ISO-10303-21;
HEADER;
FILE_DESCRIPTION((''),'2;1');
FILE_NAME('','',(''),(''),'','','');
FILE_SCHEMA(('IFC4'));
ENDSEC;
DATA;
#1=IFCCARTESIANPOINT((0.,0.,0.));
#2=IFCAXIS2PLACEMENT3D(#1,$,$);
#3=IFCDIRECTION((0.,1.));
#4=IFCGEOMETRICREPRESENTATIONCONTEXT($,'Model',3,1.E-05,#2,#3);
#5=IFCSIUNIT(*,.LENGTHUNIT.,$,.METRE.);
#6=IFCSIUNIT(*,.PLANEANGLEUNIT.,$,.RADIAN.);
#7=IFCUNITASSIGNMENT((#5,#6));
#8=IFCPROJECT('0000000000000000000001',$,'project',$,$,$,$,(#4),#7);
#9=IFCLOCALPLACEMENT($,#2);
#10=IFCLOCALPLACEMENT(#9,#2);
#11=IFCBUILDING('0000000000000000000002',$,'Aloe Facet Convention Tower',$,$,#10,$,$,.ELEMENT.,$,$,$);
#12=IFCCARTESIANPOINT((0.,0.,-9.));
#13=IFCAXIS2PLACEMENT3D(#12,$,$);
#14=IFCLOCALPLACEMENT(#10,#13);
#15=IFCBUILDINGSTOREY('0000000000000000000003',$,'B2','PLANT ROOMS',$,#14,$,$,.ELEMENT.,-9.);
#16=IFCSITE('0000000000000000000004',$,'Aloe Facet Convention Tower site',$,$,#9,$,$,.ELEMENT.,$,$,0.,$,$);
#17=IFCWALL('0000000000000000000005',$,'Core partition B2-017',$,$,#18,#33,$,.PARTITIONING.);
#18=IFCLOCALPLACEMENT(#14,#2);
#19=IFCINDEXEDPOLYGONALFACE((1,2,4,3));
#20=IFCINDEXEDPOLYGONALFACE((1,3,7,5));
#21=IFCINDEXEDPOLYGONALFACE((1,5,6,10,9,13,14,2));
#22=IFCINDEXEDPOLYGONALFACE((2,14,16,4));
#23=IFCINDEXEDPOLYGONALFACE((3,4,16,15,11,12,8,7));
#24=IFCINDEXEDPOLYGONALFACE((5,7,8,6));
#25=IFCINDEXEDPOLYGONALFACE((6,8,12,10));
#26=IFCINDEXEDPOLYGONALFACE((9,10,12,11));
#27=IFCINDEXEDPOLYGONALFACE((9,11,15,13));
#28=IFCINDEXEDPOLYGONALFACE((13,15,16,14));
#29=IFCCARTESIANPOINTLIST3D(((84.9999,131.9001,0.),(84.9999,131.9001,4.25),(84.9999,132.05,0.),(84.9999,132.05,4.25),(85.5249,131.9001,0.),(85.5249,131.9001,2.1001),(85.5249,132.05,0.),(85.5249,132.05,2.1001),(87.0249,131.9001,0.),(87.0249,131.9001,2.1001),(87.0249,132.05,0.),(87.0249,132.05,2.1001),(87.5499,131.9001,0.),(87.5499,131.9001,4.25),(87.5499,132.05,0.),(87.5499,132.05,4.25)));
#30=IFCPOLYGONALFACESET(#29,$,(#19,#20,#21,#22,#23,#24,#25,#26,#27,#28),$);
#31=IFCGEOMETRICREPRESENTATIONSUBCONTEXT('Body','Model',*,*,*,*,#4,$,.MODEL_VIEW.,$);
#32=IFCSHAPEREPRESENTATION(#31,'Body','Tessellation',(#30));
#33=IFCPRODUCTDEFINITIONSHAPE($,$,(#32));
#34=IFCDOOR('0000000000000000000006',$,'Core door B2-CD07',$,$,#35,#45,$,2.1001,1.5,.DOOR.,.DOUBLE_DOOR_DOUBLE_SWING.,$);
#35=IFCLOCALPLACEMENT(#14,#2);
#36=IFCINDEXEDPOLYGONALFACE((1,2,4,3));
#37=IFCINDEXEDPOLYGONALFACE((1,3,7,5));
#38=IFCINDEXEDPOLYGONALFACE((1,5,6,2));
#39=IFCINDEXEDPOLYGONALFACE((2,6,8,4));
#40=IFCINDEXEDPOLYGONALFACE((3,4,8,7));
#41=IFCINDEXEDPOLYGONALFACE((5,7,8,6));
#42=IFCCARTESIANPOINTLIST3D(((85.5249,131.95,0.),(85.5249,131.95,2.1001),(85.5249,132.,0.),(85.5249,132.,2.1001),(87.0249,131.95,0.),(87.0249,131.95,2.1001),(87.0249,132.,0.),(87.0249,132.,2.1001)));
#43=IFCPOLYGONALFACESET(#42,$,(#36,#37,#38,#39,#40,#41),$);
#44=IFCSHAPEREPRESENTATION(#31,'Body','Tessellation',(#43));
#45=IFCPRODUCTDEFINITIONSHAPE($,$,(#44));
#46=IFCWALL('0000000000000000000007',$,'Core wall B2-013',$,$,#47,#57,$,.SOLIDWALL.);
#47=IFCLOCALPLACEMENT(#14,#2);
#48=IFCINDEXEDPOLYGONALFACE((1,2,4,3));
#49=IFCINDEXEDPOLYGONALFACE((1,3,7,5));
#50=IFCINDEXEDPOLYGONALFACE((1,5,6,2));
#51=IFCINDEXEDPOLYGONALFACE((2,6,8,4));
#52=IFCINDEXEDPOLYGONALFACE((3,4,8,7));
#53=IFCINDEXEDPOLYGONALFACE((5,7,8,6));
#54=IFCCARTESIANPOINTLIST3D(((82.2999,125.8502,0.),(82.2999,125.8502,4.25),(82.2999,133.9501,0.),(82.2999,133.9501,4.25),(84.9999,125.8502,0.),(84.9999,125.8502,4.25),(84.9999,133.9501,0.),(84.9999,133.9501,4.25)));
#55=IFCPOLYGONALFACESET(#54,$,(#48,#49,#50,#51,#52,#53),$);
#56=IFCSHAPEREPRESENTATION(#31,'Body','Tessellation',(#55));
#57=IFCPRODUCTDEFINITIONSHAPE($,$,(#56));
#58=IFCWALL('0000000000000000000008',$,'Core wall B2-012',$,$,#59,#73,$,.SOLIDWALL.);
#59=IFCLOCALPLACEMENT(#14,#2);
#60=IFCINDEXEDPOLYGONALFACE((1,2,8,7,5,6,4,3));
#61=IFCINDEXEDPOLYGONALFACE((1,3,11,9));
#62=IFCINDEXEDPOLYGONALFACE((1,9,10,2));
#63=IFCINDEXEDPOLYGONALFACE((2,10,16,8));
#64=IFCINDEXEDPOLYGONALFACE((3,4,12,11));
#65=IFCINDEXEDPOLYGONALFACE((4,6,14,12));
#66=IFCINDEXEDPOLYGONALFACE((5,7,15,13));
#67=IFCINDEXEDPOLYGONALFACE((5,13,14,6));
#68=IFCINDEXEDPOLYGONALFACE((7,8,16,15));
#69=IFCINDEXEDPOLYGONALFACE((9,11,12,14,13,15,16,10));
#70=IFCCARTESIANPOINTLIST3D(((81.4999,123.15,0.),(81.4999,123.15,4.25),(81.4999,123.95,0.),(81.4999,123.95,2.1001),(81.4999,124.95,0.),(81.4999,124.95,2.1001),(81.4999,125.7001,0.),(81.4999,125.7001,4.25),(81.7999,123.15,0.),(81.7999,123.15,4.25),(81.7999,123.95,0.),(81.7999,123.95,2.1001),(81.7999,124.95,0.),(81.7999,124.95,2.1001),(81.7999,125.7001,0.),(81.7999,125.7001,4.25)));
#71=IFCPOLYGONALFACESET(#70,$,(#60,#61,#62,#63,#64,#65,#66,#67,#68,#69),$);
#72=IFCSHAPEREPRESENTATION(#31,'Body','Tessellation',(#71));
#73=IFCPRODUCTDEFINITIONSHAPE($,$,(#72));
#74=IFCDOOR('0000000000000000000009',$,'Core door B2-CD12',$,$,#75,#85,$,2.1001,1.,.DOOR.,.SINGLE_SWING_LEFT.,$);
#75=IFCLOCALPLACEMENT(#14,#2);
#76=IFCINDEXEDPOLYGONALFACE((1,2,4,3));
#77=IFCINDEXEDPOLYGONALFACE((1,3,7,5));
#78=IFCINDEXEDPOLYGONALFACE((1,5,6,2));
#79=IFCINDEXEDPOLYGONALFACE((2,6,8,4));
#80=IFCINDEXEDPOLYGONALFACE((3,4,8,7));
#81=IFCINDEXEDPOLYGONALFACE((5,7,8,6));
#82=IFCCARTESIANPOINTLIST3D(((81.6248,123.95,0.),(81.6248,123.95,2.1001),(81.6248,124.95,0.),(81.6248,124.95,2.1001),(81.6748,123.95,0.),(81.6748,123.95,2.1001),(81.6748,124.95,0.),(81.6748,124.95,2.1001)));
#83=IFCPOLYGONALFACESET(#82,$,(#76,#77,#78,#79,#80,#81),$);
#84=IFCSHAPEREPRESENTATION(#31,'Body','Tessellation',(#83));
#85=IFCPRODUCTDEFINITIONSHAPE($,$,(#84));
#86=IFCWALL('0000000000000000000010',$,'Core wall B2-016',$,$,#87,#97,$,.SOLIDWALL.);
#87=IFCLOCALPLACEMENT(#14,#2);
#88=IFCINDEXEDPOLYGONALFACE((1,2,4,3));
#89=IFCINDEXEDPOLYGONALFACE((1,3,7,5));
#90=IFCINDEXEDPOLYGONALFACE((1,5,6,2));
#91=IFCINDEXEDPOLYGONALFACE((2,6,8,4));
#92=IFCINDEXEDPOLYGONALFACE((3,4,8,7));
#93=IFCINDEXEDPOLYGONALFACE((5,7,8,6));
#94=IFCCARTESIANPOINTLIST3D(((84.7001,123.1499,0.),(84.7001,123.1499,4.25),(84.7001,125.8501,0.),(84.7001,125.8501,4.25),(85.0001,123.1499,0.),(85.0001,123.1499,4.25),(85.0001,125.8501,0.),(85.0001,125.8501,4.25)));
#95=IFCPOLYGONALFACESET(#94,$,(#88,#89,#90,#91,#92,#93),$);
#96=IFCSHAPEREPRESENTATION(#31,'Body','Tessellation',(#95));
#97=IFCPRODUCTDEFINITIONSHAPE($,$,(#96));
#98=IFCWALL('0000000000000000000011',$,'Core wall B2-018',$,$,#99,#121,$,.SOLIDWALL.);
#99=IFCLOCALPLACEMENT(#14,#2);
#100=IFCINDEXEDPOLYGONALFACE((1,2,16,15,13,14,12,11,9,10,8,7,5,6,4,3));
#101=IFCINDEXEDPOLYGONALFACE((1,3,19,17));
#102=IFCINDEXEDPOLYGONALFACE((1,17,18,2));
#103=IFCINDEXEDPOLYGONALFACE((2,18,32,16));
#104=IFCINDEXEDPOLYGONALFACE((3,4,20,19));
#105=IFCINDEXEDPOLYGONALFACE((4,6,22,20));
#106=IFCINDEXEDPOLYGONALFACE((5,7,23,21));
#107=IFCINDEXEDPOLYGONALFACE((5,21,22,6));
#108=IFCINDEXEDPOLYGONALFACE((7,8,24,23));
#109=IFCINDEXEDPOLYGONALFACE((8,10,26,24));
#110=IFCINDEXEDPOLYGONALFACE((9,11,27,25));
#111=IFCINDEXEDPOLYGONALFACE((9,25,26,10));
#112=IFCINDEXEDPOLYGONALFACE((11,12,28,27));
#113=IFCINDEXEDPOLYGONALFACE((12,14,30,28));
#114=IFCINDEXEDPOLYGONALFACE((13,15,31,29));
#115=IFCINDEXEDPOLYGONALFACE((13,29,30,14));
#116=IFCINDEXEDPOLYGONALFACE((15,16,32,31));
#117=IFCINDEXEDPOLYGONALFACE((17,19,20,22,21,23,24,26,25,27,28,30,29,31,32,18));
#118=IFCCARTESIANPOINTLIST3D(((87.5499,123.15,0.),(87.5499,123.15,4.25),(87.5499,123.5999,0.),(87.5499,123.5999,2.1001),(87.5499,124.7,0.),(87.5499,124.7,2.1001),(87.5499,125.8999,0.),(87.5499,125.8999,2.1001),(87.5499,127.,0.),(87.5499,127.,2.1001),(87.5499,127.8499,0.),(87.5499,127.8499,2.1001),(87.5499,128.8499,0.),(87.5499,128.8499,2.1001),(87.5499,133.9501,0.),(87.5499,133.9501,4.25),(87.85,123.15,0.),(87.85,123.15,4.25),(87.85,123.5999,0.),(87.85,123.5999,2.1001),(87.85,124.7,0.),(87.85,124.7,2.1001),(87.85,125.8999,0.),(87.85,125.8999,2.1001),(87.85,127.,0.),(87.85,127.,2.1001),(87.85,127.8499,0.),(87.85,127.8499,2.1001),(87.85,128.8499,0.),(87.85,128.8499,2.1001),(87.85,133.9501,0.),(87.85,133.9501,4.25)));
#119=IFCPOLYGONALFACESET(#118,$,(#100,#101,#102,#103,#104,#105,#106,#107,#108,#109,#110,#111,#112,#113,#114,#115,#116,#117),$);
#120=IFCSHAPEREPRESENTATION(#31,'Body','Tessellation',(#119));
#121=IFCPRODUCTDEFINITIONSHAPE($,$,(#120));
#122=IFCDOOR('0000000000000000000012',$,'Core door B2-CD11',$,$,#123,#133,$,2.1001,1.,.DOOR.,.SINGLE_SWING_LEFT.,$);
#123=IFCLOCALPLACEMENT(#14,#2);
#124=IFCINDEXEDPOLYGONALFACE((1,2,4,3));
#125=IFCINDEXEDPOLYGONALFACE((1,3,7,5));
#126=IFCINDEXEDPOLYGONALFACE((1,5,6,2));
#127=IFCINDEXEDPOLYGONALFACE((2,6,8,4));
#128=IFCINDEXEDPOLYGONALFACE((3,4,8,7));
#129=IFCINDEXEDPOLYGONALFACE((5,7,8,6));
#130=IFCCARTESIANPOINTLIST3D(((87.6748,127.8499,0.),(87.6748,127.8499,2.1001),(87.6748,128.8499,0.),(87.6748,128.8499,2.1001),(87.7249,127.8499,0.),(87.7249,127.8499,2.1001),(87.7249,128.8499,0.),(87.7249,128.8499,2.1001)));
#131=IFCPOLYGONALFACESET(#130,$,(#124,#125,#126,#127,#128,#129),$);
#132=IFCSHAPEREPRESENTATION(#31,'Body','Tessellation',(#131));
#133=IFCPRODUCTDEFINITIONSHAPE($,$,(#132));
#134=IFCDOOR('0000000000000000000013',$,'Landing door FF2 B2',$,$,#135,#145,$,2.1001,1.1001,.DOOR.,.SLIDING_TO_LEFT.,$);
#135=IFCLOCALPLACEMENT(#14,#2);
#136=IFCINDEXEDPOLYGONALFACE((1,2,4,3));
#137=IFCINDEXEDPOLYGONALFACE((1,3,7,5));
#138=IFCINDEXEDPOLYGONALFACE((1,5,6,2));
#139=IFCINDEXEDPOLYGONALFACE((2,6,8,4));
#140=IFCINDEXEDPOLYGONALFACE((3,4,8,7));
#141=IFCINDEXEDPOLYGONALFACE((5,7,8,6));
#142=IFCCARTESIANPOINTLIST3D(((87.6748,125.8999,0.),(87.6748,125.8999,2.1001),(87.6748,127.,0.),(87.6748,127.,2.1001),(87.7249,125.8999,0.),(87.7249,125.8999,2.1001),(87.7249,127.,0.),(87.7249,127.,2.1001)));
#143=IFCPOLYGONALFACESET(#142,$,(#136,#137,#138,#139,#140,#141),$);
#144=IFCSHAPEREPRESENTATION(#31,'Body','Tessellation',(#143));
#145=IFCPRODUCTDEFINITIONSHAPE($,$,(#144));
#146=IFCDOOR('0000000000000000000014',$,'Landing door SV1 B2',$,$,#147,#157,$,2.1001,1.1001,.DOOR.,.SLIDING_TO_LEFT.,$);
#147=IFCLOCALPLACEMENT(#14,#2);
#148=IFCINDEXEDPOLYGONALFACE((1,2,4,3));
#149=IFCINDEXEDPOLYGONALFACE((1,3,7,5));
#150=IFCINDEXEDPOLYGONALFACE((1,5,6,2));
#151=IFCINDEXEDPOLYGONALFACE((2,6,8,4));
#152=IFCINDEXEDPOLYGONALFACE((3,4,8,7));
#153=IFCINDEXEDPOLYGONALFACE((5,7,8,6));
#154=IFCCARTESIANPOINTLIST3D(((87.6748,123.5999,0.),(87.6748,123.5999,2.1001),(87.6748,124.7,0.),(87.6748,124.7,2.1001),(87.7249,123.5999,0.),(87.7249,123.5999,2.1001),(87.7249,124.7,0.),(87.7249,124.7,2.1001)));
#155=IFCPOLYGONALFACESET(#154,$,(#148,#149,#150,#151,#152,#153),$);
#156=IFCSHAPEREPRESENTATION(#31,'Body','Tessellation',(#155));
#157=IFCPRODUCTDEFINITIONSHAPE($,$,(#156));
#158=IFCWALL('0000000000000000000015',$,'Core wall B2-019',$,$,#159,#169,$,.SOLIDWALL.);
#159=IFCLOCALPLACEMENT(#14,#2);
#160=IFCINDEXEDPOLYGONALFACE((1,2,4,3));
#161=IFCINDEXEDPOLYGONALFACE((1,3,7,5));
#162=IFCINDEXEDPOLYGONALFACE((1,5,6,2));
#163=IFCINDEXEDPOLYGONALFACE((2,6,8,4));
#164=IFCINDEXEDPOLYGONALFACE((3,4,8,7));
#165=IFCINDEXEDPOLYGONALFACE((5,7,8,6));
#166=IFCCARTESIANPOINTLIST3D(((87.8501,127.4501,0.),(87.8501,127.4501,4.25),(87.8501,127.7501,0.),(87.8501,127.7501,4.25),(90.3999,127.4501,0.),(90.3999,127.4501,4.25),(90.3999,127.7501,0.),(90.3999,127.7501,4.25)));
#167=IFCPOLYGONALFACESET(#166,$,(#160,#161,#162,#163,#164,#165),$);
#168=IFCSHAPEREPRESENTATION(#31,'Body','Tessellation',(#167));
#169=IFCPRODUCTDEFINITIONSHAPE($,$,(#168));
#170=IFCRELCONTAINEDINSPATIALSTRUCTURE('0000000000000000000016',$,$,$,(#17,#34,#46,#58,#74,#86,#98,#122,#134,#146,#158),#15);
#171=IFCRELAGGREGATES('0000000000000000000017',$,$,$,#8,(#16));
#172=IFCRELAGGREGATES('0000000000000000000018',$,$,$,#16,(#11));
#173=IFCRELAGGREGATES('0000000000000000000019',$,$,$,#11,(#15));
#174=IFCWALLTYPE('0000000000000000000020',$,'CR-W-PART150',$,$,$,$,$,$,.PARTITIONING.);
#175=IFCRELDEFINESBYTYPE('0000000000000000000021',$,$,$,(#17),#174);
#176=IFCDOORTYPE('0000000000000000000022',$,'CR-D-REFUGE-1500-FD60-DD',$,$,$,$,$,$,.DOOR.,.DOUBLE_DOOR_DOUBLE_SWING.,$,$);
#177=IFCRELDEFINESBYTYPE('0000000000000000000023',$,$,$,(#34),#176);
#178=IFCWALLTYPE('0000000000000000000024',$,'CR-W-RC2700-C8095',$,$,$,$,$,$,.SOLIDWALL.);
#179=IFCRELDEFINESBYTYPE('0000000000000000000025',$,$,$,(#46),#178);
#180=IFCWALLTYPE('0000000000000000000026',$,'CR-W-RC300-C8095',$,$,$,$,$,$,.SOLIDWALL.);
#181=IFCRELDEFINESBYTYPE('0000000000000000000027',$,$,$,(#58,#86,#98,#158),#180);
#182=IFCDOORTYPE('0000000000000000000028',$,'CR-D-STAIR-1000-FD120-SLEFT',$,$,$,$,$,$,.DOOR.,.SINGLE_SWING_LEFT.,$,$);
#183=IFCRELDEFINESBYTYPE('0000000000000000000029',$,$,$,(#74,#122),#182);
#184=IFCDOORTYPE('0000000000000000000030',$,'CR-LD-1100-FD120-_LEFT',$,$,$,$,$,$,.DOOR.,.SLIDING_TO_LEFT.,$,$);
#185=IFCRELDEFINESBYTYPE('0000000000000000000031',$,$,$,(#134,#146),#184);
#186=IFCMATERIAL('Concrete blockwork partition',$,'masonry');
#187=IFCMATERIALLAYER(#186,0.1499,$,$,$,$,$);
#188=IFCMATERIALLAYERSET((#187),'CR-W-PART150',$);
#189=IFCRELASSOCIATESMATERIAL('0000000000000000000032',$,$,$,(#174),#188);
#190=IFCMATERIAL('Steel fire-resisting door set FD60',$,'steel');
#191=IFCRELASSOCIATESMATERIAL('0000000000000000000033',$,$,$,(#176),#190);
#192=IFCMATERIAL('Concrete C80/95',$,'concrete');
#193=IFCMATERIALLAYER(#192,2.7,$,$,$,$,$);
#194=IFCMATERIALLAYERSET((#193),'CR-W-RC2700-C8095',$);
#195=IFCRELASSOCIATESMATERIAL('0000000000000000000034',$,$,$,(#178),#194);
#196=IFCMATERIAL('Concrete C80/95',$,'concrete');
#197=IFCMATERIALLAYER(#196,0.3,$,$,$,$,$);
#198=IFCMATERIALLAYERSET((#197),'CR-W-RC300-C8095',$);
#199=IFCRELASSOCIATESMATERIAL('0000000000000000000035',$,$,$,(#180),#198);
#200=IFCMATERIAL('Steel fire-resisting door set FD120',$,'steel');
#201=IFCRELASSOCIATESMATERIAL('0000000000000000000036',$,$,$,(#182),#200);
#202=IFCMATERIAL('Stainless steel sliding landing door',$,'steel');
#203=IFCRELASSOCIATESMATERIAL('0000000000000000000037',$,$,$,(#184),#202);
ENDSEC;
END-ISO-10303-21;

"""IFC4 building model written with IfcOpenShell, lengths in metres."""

from ifc_helpers import new_model, si_unit, direction, frame, frame_2d, origin, place, context, subcontext, project, spatial, rectangle, extrude, material, layer, layer_set, type_object, element, fill, save


model = new_model("IFC4")

# Units and contexts
model_context = context("Model", 3, precision=1e-05, world=origin(), true_north=direction((0.0, 1.0)))
body_context = subcontext(model_context, "Body", "Model", "MODEL_VIEW")
ifc_project = project(units=[si_unit("LENGTHUNIT", "METRE"), si_unit("PLANEANGLEUNIT", "RADIAN")], contexts=[model_context])

# Site, building, storey
site_placement = place(None, origin())
site = spatial("IfcSite", under=ifc_project, at=site_placement, Name="Aloe Facet Convention Tower site", CompositionType="ELEMENT", RefElevation=0.0)
building_placement = place(site_placement, origin())
building = spatial("IfcBuilding", under=site, at=building_placement, Name="Aloe Facet Convention Tower", CompositionType="ELEMENT")
storey_placement = place(building_placement, frame((0.0, 0.0, -9.0)))
storey = spatial("IfcBuildingStorey", under=building, at=storey_placement, Name="B2", Description="PLANT ROOMS", CompositionType="ELEMENT", Elevation=-9.0)

# Wall, opening, door
ifc_material_1 = material(Name="Concrete blockwork partition", Category="masonry")
ifc_layer_1 = layer(ifc_material_1, 0.1499)
ifc_layer_set_1 = layer_set([ifc_layer_1], Name="CR-W-PART150")
wall_type_1 = type_object("IfcWallType", Name="CR-W-PART150", PredefinedType="PARTITIONING", material=ifc_layer_set_1)
wall_1_placement = place(storey_placement, frame((85.0, 131.9751, 0.0), z_axis=(0.0, 0.0, 1.0), x_axis=(1.0, 0.0, 0.0)))
wall_1 = element("IfcWall", 1, at=wall_1_placement, inside=storey, type_object=wall_type_1, Name="Core partition B2-017", PredefinedType="PARTITIONING", context=body_context, shape_type="SweptSolid", body=[
    extrude(rectangle(XDim=2.55, YDim=0.1499, at=frame_2d((1.2749, 0.0))), origin(), (0.0, 0.0, 1.0), 4.25),
])
opening_1_placement = place(wall_1_placement, frame((0.5249, 0.0, 0.0)))
opening_1 = element("IfcOpeningElement", 2, at=opening_1_placement, cuts=wall_1, PredefinedType="OPENING", context=body_context, shape_type="SweptSolid", body=[
    extrude(rectangle(XDim=1.5, YDim=2.1001, at=frame_2d((0.75, 1.05))), frame((0.0, 0.085, 0.0), z_axis=(0.0, -1.0, 0.0), x_axis=(1.0, 0.0, 0.0)), (0.0, 0.0, 1.0), 0.1699),
])
ifc_material_2 = material(Name="Steel fire-resisting door set FD60", Category="steel")
door_type_1 = type_object("IfcDoorType", Name="CR-D-REFUGE-1500-FD60-DD", OperationType="DOUBLE_DOOR_DOUBLE_SWING", PredefinedType="DOOR", material=ifc_material_2)
door_1_placement = place(opening_1_placement, origin())
door_1 = element("IfcDoor", 3, at=door_1_placement, inside=storey, type_object=door_type_1, Name="Core door B2-CD07", OperationType="DOUBLE_DOOR_DOUBLE_SWING", OverallHeight=2.1001, OverallWidth=1.5, PredefinedType="DOOR", context=body_context, shape_type="SweptSolid", body=[
    extrude(rectangle(XDim=1.5, YDim=2.1001, at=frame_2d((0.75, 1.05))), frame((0.0, 0.0249, 0.0), z_axis=(0.0, -1.0, 0.0), x_axis=(1.0, 0.0, 0.0)), (0.0, 0.0, 1.0), 0.05),
])
fill(opening_1, door_1)

# Wall
ifc_material_3 = material(Name="Concrete C80/95", Category="concrete")
ifc_layer_2 = layer(ifc_material_3, 2.7)
ifc_layer_set_2 = layer_set([ifc_layer_2], Name="CR-W-RC2700-C8095")
wall_type_2 = type_object("IfcWallType", Name="CR-W-RC2700-C8095", PredefinedType="SOLIDWALL", material=ifc_layer_set_2)
wall_2_placement = place(storey_placement, frame((83.6499, 133.95, 0.0), z_axis=(0.0, 0.0, 1.0), x_axis=(0.0, -1.0, 0.0)))
element("IfcWall", 4, at=wall_2_placement, inside=storey, type_object=wall_type_2, Name="Core wall B2-013", PredefinedType="SOLIDWALL", context=body_context, shape_type="SweptSolid", body=[
    extrude(rectangle(XDim=8.0999, YDim=2.7, at=frame_2d((4.0498, 0.0))), origin(), (0.0, 0.0, 1.0), 4.25),
])

# Wall, opening, door
ifc_material_4 = material(Name="Concrete C80/95", Category="concrete")
ifc_layer_3 = layer(ifc_material_4, 0.3)
ifc_layer_set_3 = layer_set([ifc_layer_3], Name="CR-W-RC300-C8095")
wall_type_3 = type_object("IfcWallType", Name="CR-W-RC300-C8095", PredefinedType="SOLIDWALL", material=ifc_layer_set_3)
wall_3_placement = place(storey_placement, frame((81.6499, 125.7, 0.0), z_axis=(0.0, 0.0, 1.0), x_axis=(0.0, -1.0, 0.0)))
wall_3 = element("IfcWall", 5, at=wall_3_placement, inside=storey, type_object=wall_type_3, Name="Core wall B2-012", PredefinedType="SOLIDWALL", context=body_context, shape_type="SweptSolid", body=[
    extrude(rectangle(XDim=2.55, YDim=0.3, at=frame_2d((1.2749, 0.0))), origin(), (0.0, 0.0, 1.0), 4.25),
])
opening_2_placement = place(wall_3_placement, frame((0.75, 0.0, 0.0)))
opening_2 = element("IfcOpeningElement", 6, at=opening_2_placement, cuts=wall_3, PredefinedType="OPENING", context=body_context, shape_type="SweptSolid", body=[
    extrude(rectangle(XDim=1.0, YDim=2.1001, at=frame_2d((0.5, 1.05))), frame((0.0, 0.1602, 0.0), z_axis=(0.0, -1.0, 0.0), x_axis=(1.0, 0.0, 0.0)), (0.0, 0.0, 1.0), 0.3201),
])
ifc_material_5 = material(Name="Steel fire-resisting door set FD120", Category="steel")
door_type_2 = type_object("IfcDoorType", Name="CR-D-STAIR-1000-FD120-SLEFT", OperationType="SINGLE_SWING_LEFT", PredefinedType="DOOR", material=ifc_material_5)
door_2_placement = place(opening_2_placement, origin())
door_2 = element("IfcDoor", 7, at=door_2_placement, inside=storey, type_object=door_type_2, Name="Core door B2-CD12", OperationType="SINGLE_SWING_LEFT", OverallHeight=2.1001, OverallWidth=1.0, PredefinedType="DOOR", context=body_context, shape_type="SweptSolid", body=[
    extrude(rectangle(XDim=1.0, YDim=2.1001, at=frame_2d((0.5, 1.05))), frame((0.0, 0.0249, 0.0), z_axis=(0.0, -1.0, 0.0), x_axis=(1.0, 0.0, 0.0)), (0.0, 0.0, 1.0), 0.05),
])
fill(opening_2, door_2)

# Wall
wall_4_placement = place(storey_placement, frame((84.8501, 125.8501, 0.0), z_axis=(0.0, 0.0, 1.0), x_axis=(0.0, -1.0, 0.0)))
element("IfcWall", 8, at=wall_4_placement, inside=storey, type_object=wall_type_3, Name="Core wall B2-016", PredefinedType="SOLIDWALL", context=body_context, shape_type="SweptSolid", body=[
    extrude(rectangle(XDim=2.7002, YDim=0.3, at=frame_2d((1.3501, 0.0))), origin(), (0.0, 0.0, 1.0), 4.25),
])

# Wall, openings, doors
wall_5_placement = place(storey_placement, frame((87.7, 133.95, 0.0), z_axis=(0.0, 0.0, 1.0), x_axis=(0.0, -1.0, 0.0)))
wall_5 = element("IfcWall", 9, at=wall_5_placement, inside=storey, type_object=wall_type_3, Name="Core wall B2-018", PredefinedType="SOLIDWALL", context=body_context, shape_type="SweptSolid", body=[
    extrude(rectangle(XDim=10.8, YDim=0.3, at=frame_2d((5.3999, 0.0))), origin(), (0.0, 0.0, 1.0), 4.25),
])
opening_3_placement = place(wall_5_placement, frame((6.95, 0.0, 0.0)))
opening_3 = element("IfcOpeningElement", 10, at=opening_3_placement, cuts=wall_5, PredefinedType="OPENING", context=body_context, shape_type="SweptSolid", body=[
    extrude(rectangle(XDim=1.1001, YDim=2.1001, at=frame_2d((0.55, 1.05))), frame((0.0, 0.1602, 0.0), z_axis=(0.0, -1.0, 0.0), x_axis=(1.0, 0.0, 0.0)), (0.0, 0.0, 1.0), 0.3201),
])
opening_4_placement = place(wall_5_placement, frame((5.1001, 0.0, 0.0)))
opening_4 = element("IfcOpeningElement", 11, at=opening_4_placement, cuts=wall_5, PredefinedType="OPENING", context=body_context, shape_type="SweptSolid", body=[
    extrude(rectangle(XDim=1.0, YDim=2.1001, at=frame_2d((0.5, 1.05))), frame((0.0, 0.1602, 0.0), z_axis=(0.0, -1.0, 0.0), x_axis=(1.0, 0.0, 0.0)), (0.0, 0.0, 1.0), 0.3201),
])
opening_5_placement = place(wall_5_placement, frame((9.25, 0.0, 0.0)))
opening_5 = element("IfcOpeningElement", 12, at=opening_5_placement, cuts=wall_5, PredefinedType="OPENING", context=body_context, shape_type="SweptSolid", body=[
    extrude(rectangle(XDim=1.1001, YDim=2.1001, at=frame_2d((0.55, 1.05))), frame((0.0, 0.1602, 0.0), z_axis=(0.0, -1.0, 0.0), x_axis=(1.0, 0.0, 0.0)), (0.0, 0.0, 1.0), 0.3201),
])
door_3_placement = place(opening_4_placement, origin())
door_3 = element("IfcDoor", 13, at=door_3_placement, inside=storey, type_object=door_type_2, Name="Core door B2-CD11", OperationType="SINGLE_SWING_LEFT", OverallHeight=2.1001, OverallWidth=1.0, PredefinedType="DOOR", context=body_context, shape_type="SweptSolid", body=[
    extrude(rectangle(XDim=1.0, YDim=2.1001, at=frame_2d((0.5, 1.05))), frame((0.0, 0.0249, 0.0), z_axis=(0.0, -1.0, 0.0), x_axis=(1.0, 0.0, 0.0)), (0.0, 0.0, 1.0), 0.05),
])
fill(opening_4, door_3)
ifc_material_6 = material(Name="Stainless steel sliding landing door", Category="steel")
door_type_3 = type_object("IfcDoorType", Name="CR-LD-1100-FD120-_LEFT", OperationType="SLIDING_TO_LEFT", PredefinedType="DOOR", material=ifc_material_6)
door_4_placement = place(opening_3_placement, origin())
door_4 = element("IfcDoor", 14, at=door_4_placement, inside=storey, type_object=door_type_3, Name="Landing door FF2 B2", OperationType="SLIDING_TO_LEFT", OverallHeight=2.1001, OverallWidth=1.1001, PredefinedType="DOOR", context=body_context, shape_type="SweptSolid", body=[
    extrude(rectangle(XDim=1.1001, YDim=2.1001, at=frame_2d((0.55, 1.05))), frame((0.0, 0.0249, 0.0), z_axis=(0.0, -1.0, 0.0), x_axis=(1.0, 0.0, 0.0)), (0.0, 0.0, 1.0), 0.05),
])
fill(opening_3, door_4)
door_5_placement = place(opening_5_placement, origin())
door_5 = element("IfcDoor", 15, at=door_5_placement, inside=storey, type_object=door_type_3, Name="Landing door SV1 B2", OperationType="SLIDING_TO_LEFT", OverallHeight=2.1001, OverallWidth=1.1001, PredefinedType="DOOR", context=body_context, shape_type="SweptSolid", body=[
    extrude(rectangle(XDim=1.1001, YDim=2.1001, at=frame_2d((0.55, 1.05))), frame((0.0, 0.0249, 0.0), z_axis=(0.0, -1.0, 0.0), x_axis=(1.0, 0.0, 0.0)), (0.0, 0.0, 1.0), 0.05),
])
fill(opening_5, door_5)

# Wall
wall_6_placement = place(storey_placement, frame((87.8501, 127.6001, 0.0), z_axis=(0.0, 0.0, 1.0), x_axis=(1.0, 0.0, 0.0)))
element("IfcWall", 16, at=wall_6_placement, inside=storey, type_object=wall_type_3, Name="Core wall B2-019", PredefinedType="SOLIDWALL", context=body_context, shape_type="SweptSolid", body=[
    extrude(rectangle(XDim=2.5498, YDim=0.3, at=frame_2d((1.2749, 0.0))), origin(), (0.0, 0.0, 1.0), 4.25),
])

save(model, "model.ifc")
